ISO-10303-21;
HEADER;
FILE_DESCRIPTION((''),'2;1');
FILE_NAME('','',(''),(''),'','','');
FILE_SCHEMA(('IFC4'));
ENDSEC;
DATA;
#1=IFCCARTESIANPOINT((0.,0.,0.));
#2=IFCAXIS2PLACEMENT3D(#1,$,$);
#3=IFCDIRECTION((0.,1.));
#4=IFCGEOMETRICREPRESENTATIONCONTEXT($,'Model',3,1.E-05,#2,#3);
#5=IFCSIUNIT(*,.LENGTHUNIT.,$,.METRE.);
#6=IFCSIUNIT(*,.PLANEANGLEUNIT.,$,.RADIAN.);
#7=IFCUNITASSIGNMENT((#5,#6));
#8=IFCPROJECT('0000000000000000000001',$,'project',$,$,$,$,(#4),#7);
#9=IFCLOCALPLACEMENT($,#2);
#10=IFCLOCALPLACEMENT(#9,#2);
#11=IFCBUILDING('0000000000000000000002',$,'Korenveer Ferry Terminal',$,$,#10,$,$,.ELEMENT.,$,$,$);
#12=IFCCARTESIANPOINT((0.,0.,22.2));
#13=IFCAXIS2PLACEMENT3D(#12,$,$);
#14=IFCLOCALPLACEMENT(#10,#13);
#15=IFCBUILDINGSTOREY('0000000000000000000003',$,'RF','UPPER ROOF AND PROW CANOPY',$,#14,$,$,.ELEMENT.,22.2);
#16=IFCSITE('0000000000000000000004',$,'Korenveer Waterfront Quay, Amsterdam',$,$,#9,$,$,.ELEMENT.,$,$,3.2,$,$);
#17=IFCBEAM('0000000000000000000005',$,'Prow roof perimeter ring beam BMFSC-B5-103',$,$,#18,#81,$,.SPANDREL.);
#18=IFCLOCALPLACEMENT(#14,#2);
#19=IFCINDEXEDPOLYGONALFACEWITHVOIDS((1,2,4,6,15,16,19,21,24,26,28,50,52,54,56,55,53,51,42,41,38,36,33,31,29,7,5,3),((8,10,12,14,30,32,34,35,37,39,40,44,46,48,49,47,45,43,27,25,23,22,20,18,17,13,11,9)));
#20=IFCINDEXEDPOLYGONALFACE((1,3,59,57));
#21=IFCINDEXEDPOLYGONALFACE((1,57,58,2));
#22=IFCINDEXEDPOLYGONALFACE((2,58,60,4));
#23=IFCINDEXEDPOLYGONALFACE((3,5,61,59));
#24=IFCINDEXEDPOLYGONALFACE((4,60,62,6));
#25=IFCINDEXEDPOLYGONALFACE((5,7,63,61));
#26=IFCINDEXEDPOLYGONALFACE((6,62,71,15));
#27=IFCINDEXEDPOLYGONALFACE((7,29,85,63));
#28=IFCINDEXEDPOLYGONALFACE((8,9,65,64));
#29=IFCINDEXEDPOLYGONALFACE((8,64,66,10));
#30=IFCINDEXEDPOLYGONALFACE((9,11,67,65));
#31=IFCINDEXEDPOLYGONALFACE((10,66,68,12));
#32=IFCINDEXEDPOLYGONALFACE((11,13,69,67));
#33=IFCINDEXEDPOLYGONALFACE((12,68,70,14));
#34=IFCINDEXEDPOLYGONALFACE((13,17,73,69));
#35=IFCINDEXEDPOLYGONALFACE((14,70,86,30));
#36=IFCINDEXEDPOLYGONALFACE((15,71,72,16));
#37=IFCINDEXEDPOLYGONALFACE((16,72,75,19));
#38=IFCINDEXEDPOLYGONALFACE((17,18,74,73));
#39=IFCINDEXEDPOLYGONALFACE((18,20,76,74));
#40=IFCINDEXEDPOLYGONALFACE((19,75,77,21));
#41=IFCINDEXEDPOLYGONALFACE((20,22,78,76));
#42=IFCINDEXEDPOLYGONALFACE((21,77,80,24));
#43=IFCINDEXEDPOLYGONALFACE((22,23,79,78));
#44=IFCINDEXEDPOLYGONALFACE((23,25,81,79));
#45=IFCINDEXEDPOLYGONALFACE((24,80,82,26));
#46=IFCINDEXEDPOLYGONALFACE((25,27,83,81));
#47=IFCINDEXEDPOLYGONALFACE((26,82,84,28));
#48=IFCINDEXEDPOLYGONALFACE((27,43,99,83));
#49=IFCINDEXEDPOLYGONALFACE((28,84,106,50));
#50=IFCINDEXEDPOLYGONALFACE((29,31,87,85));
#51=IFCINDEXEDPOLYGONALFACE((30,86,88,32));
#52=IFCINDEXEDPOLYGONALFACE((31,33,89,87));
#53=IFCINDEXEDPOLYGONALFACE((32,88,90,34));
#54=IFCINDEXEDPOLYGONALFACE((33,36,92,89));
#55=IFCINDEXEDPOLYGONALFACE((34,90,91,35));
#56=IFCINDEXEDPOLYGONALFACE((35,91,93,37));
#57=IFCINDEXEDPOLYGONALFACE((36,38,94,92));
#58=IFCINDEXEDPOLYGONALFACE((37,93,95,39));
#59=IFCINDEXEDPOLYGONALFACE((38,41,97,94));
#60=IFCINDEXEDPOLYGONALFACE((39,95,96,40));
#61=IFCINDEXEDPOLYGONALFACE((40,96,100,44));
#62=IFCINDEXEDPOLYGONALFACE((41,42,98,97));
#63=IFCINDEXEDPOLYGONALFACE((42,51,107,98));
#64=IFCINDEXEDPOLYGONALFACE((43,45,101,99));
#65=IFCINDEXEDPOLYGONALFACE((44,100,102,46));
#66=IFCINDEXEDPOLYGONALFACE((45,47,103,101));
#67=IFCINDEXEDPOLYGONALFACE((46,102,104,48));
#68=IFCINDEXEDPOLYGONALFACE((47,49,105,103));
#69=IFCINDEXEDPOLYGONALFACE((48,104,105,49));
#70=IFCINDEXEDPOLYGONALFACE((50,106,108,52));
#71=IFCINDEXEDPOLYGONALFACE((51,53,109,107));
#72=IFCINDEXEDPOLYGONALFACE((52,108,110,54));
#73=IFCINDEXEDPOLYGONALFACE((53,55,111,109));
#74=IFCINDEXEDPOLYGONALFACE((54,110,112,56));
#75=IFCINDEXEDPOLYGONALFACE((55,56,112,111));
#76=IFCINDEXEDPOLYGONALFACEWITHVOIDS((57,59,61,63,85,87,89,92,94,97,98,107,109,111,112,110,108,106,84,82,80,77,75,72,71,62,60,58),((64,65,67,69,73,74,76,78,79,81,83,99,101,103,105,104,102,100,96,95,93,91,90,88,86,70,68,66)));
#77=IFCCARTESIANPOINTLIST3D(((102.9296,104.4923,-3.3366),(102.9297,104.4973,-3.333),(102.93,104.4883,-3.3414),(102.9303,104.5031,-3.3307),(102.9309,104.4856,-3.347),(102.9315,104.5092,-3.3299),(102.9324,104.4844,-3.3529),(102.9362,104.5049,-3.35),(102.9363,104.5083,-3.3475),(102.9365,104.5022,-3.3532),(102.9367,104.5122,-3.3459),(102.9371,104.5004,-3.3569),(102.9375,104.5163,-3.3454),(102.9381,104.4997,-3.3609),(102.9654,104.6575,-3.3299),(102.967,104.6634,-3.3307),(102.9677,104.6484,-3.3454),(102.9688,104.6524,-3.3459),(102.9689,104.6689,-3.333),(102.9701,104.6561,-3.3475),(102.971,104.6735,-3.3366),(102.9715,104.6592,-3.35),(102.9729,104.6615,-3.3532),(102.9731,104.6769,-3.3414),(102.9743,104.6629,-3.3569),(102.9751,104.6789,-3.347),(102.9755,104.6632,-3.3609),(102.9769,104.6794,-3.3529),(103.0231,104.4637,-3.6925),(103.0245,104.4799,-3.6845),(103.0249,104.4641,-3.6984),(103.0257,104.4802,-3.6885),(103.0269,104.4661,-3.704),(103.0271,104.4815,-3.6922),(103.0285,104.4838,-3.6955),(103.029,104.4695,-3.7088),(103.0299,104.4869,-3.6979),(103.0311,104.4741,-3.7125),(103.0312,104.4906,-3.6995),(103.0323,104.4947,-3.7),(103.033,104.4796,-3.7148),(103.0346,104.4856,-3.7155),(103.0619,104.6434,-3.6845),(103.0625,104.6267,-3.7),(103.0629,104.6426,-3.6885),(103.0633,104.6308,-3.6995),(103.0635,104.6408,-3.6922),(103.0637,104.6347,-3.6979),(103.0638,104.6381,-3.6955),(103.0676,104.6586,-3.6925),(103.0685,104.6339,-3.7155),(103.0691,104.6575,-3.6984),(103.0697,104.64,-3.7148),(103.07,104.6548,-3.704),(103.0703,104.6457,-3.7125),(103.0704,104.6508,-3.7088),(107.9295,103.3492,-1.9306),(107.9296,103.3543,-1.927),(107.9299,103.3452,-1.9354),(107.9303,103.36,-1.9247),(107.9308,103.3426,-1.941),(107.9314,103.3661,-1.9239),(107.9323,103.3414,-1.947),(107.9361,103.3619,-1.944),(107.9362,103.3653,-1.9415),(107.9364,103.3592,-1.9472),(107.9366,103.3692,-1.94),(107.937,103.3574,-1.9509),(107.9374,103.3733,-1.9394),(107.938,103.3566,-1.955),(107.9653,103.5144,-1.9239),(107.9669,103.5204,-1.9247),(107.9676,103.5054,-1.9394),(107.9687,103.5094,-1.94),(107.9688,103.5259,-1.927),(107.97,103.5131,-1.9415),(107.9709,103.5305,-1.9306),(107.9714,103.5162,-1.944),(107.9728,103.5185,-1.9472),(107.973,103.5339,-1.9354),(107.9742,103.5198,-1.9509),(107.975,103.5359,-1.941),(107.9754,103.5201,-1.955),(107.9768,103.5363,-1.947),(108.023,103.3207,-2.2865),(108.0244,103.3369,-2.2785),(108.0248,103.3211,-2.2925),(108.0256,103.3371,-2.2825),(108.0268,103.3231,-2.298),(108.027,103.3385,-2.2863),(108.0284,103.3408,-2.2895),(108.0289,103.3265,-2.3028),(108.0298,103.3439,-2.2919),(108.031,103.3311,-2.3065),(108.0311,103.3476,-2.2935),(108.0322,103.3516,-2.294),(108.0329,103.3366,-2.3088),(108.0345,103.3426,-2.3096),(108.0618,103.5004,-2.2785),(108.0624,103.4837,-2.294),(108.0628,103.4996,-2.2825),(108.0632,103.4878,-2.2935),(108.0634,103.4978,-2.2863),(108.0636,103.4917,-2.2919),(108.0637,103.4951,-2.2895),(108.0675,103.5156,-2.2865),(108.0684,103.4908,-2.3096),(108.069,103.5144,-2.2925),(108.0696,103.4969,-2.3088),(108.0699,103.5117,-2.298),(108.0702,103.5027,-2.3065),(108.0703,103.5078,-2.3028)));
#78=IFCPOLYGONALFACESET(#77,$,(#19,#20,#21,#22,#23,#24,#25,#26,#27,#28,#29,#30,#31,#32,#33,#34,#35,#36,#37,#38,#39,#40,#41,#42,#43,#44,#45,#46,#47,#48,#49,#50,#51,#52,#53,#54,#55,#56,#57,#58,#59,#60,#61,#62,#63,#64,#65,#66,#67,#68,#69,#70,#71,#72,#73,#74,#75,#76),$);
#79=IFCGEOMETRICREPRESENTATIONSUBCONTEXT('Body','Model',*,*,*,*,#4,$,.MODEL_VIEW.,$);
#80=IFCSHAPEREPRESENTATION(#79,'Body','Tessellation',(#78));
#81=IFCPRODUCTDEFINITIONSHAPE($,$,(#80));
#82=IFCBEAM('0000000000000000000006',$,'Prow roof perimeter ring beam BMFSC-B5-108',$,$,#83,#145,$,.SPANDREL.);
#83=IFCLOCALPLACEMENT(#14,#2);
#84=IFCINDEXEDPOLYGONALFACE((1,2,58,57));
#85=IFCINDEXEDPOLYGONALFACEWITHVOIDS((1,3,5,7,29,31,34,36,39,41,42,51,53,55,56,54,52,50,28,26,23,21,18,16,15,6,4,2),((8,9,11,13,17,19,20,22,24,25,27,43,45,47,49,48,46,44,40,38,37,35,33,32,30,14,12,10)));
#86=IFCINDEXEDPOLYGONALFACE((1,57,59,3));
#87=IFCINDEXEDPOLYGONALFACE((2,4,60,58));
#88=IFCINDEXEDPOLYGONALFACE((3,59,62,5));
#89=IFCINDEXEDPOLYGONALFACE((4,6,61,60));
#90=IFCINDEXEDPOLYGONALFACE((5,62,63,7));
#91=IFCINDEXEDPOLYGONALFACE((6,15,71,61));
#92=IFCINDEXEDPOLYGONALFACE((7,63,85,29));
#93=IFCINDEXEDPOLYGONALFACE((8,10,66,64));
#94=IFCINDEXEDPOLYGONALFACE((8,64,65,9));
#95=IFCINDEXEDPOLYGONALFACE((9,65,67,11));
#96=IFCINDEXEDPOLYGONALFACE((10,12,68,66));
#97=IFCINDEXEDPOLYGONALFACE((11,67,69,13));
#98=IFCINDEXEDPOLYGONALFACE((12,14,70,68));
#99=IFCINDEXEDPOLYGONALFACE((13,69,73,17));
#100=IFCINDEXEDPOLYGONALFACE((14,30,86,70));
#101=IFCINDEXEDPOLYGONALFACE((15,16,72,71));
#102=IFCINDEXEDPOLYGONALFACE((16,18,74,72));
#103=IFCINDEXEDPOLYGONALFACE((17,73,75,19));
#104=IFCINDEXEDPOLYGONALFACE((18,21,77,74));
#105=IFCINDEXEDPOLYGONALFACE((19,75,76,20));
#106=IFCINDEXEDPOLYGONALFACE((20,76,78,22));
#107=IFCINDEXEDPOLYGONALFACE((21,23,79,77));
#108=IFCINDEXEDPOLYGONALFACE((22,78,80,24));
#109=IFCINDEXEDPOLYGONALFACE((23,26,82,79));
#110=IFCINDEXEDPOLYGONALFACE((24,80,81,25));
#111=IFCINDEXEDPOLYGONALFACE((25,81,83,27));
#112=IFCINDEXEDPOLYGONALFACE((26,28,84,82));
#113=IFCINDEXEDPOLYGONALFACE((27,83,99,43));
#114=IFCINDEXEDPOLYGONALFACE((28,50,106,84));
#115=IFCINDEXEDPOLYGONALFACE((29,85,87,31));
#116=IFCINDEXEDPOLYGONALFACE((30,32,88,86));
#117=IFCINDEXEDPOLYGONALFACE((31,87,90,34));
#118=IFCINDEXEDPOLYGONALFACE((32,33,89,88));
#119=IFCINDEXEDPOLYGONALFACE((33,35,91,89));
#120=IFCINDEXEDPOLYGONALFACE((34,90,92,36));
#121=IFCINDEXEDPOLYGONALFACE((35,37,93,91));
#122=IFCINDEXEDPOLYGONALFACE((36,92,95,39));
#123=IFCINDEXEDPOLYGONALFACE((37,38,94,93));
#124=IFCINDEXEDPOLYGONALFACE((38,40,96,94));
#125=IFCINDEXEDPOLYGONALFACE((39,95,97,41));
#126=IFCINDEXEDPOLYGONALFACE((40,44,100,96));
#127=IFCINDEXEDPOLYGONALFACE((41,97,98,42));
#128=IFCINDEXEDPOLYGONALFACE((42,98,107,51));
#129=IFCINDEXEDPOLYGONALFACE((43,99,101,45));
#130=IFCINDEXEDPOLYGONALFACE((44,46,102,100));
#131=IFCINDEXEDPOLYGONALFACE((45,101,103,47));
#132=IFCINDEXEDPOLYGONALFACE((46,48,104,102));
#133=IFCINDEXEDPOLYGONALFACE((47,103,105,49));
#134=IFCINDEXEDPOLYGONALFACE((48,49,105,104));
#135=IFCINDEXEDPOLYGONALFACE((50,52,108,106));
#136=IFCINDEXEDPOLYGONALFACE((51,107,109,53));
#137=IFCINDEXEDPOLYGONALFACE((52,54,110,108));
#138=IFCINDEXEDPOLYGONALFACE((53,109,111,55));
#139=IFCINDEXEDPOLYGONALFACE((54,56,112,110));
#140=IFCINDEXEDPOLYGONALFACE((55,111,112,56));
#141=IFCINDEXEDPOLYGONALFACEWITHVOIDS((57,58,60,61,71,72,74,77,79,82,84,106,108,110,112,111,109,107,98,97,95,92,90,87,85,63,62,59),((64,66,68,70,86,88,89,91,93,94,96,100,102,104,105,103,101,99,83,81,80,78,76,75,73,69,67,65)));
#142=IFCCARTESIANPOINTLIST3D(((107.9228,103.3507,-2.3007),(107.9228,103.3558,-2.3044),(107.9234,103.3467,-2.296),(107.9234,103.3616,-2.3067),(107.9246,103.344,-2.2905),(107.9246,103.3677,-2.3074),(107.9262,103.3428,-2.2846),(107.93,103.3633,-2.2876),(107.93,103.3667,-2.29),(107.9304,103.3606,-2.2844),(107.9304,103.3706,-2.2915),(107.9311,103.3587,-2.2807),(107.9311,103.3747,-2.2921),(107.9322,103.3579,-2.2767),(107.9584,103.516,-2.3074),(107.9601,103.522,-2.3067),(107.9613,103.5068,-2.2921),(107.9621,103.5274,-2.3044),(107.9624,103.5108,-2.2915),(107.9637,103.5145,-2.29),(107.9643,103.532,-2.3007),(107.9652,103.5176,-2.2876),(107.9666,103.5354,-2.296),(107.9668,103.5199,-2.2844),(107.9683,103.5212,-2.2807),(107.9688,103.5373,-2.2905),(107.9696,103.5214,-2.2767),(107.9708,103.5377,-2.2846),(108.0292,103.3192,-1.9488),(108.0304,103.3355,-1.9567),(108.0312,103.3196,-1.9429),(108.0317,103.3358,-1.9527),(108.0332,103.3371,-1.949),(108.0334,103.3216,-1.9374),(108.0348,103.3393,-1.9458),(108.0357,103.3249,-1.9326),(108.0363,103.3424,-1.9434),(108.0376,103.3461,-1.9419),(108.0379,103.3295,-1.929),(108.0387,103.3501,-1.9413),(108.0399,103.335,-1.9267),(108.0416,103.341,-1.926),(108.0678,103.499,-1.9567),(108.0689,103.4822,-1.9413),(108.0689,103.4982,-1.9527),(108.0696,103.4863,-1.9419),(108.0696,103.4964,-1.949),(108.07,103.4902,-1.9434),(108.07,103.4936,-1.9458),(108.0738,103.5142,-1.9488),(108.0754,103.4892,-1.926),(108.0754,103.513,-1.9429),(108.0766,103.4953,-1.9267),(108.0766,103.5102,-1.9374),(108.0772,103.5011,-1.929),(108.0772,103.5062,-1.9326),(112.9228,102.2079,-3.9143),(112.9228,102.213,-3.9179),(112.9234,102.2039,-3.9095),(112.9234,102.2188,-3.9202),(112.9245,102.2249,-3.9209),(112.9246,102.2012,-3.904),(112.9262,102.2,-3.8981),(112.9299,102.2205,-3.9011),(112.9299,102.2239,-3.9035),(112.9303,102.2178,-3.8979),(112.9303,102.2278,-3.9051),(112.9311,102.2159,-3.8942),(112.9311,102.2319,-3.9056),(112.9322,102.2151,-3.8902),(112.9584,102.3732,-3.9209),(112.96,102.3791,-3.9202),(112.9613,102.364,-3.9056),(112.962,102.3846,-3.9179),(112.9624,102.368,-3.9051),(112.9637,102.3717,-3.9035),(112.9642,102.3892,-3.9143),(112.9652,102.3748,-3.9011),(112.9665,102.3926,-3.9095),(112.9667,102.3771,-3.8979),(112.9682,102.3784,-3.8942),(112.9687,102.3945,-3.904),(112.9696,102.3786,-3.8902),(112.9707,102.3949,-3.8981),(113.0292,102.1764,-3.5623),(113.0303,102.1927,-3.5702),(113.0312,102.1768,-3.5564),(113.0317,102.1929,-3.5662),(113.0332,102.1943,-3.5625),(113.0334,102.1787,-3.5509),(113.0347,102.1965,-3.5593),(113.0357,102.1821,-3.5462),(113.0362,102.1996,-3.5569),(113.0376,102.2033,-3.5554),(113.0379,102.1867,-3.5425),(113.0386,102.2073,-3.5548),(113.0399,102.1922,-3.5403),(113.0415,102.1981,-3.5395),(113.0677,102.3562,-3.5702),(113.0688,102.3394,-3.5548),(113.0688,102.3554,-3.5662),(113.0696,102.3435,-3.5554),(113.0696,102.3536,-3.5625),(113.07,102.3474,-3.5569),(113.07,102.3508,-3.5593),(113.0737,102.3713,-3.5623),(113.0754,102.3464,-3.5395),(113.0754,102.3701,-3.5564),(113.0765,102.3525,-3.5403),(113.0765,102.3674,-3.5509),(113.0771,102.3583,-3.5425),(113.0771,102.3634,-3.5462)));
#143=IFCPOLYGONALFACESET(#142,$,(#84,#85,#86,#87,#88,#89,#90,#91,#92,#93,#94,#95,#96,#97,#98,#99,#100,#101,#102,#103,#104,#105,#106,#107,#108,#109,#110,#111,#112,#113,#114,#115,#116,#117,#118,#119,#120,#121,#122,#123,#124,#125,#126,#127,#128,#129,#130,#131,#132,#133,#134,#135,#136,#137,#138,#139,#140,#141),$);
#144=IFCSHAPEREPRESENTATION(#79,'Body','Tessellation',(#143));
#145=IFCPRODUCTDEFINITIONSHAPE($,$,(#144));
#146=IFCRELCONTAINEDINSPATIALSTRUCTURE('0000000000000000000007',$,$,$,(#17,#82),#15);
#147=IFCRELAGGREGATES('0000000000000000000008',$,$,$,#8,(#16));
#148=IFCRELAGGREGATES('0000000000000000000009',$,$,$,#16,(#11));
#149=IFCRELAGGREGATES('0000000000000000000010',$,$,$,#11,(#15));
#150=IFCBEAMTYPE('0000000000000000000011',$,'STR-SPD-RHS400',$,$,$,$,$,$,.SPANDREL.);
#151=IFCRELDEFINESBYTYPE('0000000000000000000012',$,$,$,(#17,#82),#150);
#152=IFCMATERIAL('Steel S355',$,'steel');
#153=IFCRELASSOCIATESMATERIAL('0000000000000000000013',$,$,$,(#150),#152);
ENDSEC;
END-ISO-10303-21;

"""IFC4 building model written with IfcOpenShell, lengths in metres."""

from ifc_helpers import new_model, si_unit, direction, frame, origin, origin_2d, place, context, subcontext, project, spatial, hollow_rectangle, extrude, material, material_profile, profile_set, type_object, element, save


model = new_model("IFC4")

# Units and contexts
model_context = context("Model", 3, precision=1e-05, world=origin(), true_north=direction((0.0, 1.0)))
body_context = subcontext(model_context, "Body", "Model", "MODEL_VIEW")
ifc_project = project(units=[si_unit("LENGTHUNIT", "METRE"), si_unit("PLANEANGLEUNIT", "RADIAN")], contexts=[model_context])

# Site, building, storey
site_placement = place(None, origin())
site = spatial("IfcSite", under=ifc_project, at=site_placement, Name="Korenveer Waterfront Quay, Amsterdam", CompositionType="ELEMENT", RefElevation=3.2)
building_placement = place(site_placement, origin())
building = spatial("IfcBuilding", under=site, at=building_placement, Name="Korenveer Ferry Terminal", CompositionType="ELEMENT")
storey_placement = place(building_placement, frame((0.0, 0.0, 22.2)))
storey = spatial("IfcBuildingStorey", under=building, at=storey_placement, Name="RF", Description="UPPER ROOF AND PROW CANOPY", CompositionType="ELEMENT", Elevation=22.2)

# Shared definitions
ifc_material_1 = material(Name="Steel S355", Category="steel")

# Beams
ifc_material_profile_1 = material_profile(ifc_material_1, hollow_rectangle(XDim=0.2, YDim=0.3999, WallThickness=0.0161, InnerFilletRadius=0.0161, OuterFilletRadius=0.0239, at=origin_2d()), Name="RHS 400x200x16")
ifc_profile_set_1 = profile_set([ifc_material_profile_1], Name="Steel S355")
beam_type_1 = type_object("IfcBeamType", Name="STR-SPD-RHS400", PredefinedType="SPANDREL", material=ifc_profile_set_1)
beam_1_placement = place(storey_placement, frame((103.0, 104.5715, -3.5227), z_axis=(0.940164, -0.214934, 0.264375), x_axis=(0.222864, 0.97485, 0.0)))
element("IfcBeam", 1, at=beam_1_placement, inside=storey, type_object=beam_type_1, Name="Prow roof perimeter ring beam BMFSC-B5-103", PredefinedType="SPANDREL", context=body_context, shape_type="SweptSolid", body=[
    extrude(hollow_rectangle(XDim=0.2, YDim=0.3999, WallThickness=0.0161, InnerFilletRadius=0.0161, OuterFilletRadius=0.0239, at=origin_2d()), origin(), (0.0, 0.0, 1.0), 5.3181),
])
beam_2_placement = place(storey_placement, frame((108.0, 103.4285, -2.1167), z_axis=(0.929929, -0.212549, -0.300093), x_axis=(0.222818, 0.97486, 0.0)))
element("IfcBeam", 2, at=beam_2_placement, inside=storey, type_object=beam_type_1, Name="Prow roof perimeter ring beam BMFSC-B5-108", PredefinedType="SPANDREL", context=body_context, shape_type="SweptSolid", body=[
    extrude(hollow_rectangle(XDim=0.2, YDim=0.3999, WallThickness=0.0161, InnerFilletRadius=0.0161, OuterFilletRadius=0.0239, at=origin_2d()), origin(), (0.0, 0.0, 1.0), 5.3767),
])

save(model, "model.ifc")
